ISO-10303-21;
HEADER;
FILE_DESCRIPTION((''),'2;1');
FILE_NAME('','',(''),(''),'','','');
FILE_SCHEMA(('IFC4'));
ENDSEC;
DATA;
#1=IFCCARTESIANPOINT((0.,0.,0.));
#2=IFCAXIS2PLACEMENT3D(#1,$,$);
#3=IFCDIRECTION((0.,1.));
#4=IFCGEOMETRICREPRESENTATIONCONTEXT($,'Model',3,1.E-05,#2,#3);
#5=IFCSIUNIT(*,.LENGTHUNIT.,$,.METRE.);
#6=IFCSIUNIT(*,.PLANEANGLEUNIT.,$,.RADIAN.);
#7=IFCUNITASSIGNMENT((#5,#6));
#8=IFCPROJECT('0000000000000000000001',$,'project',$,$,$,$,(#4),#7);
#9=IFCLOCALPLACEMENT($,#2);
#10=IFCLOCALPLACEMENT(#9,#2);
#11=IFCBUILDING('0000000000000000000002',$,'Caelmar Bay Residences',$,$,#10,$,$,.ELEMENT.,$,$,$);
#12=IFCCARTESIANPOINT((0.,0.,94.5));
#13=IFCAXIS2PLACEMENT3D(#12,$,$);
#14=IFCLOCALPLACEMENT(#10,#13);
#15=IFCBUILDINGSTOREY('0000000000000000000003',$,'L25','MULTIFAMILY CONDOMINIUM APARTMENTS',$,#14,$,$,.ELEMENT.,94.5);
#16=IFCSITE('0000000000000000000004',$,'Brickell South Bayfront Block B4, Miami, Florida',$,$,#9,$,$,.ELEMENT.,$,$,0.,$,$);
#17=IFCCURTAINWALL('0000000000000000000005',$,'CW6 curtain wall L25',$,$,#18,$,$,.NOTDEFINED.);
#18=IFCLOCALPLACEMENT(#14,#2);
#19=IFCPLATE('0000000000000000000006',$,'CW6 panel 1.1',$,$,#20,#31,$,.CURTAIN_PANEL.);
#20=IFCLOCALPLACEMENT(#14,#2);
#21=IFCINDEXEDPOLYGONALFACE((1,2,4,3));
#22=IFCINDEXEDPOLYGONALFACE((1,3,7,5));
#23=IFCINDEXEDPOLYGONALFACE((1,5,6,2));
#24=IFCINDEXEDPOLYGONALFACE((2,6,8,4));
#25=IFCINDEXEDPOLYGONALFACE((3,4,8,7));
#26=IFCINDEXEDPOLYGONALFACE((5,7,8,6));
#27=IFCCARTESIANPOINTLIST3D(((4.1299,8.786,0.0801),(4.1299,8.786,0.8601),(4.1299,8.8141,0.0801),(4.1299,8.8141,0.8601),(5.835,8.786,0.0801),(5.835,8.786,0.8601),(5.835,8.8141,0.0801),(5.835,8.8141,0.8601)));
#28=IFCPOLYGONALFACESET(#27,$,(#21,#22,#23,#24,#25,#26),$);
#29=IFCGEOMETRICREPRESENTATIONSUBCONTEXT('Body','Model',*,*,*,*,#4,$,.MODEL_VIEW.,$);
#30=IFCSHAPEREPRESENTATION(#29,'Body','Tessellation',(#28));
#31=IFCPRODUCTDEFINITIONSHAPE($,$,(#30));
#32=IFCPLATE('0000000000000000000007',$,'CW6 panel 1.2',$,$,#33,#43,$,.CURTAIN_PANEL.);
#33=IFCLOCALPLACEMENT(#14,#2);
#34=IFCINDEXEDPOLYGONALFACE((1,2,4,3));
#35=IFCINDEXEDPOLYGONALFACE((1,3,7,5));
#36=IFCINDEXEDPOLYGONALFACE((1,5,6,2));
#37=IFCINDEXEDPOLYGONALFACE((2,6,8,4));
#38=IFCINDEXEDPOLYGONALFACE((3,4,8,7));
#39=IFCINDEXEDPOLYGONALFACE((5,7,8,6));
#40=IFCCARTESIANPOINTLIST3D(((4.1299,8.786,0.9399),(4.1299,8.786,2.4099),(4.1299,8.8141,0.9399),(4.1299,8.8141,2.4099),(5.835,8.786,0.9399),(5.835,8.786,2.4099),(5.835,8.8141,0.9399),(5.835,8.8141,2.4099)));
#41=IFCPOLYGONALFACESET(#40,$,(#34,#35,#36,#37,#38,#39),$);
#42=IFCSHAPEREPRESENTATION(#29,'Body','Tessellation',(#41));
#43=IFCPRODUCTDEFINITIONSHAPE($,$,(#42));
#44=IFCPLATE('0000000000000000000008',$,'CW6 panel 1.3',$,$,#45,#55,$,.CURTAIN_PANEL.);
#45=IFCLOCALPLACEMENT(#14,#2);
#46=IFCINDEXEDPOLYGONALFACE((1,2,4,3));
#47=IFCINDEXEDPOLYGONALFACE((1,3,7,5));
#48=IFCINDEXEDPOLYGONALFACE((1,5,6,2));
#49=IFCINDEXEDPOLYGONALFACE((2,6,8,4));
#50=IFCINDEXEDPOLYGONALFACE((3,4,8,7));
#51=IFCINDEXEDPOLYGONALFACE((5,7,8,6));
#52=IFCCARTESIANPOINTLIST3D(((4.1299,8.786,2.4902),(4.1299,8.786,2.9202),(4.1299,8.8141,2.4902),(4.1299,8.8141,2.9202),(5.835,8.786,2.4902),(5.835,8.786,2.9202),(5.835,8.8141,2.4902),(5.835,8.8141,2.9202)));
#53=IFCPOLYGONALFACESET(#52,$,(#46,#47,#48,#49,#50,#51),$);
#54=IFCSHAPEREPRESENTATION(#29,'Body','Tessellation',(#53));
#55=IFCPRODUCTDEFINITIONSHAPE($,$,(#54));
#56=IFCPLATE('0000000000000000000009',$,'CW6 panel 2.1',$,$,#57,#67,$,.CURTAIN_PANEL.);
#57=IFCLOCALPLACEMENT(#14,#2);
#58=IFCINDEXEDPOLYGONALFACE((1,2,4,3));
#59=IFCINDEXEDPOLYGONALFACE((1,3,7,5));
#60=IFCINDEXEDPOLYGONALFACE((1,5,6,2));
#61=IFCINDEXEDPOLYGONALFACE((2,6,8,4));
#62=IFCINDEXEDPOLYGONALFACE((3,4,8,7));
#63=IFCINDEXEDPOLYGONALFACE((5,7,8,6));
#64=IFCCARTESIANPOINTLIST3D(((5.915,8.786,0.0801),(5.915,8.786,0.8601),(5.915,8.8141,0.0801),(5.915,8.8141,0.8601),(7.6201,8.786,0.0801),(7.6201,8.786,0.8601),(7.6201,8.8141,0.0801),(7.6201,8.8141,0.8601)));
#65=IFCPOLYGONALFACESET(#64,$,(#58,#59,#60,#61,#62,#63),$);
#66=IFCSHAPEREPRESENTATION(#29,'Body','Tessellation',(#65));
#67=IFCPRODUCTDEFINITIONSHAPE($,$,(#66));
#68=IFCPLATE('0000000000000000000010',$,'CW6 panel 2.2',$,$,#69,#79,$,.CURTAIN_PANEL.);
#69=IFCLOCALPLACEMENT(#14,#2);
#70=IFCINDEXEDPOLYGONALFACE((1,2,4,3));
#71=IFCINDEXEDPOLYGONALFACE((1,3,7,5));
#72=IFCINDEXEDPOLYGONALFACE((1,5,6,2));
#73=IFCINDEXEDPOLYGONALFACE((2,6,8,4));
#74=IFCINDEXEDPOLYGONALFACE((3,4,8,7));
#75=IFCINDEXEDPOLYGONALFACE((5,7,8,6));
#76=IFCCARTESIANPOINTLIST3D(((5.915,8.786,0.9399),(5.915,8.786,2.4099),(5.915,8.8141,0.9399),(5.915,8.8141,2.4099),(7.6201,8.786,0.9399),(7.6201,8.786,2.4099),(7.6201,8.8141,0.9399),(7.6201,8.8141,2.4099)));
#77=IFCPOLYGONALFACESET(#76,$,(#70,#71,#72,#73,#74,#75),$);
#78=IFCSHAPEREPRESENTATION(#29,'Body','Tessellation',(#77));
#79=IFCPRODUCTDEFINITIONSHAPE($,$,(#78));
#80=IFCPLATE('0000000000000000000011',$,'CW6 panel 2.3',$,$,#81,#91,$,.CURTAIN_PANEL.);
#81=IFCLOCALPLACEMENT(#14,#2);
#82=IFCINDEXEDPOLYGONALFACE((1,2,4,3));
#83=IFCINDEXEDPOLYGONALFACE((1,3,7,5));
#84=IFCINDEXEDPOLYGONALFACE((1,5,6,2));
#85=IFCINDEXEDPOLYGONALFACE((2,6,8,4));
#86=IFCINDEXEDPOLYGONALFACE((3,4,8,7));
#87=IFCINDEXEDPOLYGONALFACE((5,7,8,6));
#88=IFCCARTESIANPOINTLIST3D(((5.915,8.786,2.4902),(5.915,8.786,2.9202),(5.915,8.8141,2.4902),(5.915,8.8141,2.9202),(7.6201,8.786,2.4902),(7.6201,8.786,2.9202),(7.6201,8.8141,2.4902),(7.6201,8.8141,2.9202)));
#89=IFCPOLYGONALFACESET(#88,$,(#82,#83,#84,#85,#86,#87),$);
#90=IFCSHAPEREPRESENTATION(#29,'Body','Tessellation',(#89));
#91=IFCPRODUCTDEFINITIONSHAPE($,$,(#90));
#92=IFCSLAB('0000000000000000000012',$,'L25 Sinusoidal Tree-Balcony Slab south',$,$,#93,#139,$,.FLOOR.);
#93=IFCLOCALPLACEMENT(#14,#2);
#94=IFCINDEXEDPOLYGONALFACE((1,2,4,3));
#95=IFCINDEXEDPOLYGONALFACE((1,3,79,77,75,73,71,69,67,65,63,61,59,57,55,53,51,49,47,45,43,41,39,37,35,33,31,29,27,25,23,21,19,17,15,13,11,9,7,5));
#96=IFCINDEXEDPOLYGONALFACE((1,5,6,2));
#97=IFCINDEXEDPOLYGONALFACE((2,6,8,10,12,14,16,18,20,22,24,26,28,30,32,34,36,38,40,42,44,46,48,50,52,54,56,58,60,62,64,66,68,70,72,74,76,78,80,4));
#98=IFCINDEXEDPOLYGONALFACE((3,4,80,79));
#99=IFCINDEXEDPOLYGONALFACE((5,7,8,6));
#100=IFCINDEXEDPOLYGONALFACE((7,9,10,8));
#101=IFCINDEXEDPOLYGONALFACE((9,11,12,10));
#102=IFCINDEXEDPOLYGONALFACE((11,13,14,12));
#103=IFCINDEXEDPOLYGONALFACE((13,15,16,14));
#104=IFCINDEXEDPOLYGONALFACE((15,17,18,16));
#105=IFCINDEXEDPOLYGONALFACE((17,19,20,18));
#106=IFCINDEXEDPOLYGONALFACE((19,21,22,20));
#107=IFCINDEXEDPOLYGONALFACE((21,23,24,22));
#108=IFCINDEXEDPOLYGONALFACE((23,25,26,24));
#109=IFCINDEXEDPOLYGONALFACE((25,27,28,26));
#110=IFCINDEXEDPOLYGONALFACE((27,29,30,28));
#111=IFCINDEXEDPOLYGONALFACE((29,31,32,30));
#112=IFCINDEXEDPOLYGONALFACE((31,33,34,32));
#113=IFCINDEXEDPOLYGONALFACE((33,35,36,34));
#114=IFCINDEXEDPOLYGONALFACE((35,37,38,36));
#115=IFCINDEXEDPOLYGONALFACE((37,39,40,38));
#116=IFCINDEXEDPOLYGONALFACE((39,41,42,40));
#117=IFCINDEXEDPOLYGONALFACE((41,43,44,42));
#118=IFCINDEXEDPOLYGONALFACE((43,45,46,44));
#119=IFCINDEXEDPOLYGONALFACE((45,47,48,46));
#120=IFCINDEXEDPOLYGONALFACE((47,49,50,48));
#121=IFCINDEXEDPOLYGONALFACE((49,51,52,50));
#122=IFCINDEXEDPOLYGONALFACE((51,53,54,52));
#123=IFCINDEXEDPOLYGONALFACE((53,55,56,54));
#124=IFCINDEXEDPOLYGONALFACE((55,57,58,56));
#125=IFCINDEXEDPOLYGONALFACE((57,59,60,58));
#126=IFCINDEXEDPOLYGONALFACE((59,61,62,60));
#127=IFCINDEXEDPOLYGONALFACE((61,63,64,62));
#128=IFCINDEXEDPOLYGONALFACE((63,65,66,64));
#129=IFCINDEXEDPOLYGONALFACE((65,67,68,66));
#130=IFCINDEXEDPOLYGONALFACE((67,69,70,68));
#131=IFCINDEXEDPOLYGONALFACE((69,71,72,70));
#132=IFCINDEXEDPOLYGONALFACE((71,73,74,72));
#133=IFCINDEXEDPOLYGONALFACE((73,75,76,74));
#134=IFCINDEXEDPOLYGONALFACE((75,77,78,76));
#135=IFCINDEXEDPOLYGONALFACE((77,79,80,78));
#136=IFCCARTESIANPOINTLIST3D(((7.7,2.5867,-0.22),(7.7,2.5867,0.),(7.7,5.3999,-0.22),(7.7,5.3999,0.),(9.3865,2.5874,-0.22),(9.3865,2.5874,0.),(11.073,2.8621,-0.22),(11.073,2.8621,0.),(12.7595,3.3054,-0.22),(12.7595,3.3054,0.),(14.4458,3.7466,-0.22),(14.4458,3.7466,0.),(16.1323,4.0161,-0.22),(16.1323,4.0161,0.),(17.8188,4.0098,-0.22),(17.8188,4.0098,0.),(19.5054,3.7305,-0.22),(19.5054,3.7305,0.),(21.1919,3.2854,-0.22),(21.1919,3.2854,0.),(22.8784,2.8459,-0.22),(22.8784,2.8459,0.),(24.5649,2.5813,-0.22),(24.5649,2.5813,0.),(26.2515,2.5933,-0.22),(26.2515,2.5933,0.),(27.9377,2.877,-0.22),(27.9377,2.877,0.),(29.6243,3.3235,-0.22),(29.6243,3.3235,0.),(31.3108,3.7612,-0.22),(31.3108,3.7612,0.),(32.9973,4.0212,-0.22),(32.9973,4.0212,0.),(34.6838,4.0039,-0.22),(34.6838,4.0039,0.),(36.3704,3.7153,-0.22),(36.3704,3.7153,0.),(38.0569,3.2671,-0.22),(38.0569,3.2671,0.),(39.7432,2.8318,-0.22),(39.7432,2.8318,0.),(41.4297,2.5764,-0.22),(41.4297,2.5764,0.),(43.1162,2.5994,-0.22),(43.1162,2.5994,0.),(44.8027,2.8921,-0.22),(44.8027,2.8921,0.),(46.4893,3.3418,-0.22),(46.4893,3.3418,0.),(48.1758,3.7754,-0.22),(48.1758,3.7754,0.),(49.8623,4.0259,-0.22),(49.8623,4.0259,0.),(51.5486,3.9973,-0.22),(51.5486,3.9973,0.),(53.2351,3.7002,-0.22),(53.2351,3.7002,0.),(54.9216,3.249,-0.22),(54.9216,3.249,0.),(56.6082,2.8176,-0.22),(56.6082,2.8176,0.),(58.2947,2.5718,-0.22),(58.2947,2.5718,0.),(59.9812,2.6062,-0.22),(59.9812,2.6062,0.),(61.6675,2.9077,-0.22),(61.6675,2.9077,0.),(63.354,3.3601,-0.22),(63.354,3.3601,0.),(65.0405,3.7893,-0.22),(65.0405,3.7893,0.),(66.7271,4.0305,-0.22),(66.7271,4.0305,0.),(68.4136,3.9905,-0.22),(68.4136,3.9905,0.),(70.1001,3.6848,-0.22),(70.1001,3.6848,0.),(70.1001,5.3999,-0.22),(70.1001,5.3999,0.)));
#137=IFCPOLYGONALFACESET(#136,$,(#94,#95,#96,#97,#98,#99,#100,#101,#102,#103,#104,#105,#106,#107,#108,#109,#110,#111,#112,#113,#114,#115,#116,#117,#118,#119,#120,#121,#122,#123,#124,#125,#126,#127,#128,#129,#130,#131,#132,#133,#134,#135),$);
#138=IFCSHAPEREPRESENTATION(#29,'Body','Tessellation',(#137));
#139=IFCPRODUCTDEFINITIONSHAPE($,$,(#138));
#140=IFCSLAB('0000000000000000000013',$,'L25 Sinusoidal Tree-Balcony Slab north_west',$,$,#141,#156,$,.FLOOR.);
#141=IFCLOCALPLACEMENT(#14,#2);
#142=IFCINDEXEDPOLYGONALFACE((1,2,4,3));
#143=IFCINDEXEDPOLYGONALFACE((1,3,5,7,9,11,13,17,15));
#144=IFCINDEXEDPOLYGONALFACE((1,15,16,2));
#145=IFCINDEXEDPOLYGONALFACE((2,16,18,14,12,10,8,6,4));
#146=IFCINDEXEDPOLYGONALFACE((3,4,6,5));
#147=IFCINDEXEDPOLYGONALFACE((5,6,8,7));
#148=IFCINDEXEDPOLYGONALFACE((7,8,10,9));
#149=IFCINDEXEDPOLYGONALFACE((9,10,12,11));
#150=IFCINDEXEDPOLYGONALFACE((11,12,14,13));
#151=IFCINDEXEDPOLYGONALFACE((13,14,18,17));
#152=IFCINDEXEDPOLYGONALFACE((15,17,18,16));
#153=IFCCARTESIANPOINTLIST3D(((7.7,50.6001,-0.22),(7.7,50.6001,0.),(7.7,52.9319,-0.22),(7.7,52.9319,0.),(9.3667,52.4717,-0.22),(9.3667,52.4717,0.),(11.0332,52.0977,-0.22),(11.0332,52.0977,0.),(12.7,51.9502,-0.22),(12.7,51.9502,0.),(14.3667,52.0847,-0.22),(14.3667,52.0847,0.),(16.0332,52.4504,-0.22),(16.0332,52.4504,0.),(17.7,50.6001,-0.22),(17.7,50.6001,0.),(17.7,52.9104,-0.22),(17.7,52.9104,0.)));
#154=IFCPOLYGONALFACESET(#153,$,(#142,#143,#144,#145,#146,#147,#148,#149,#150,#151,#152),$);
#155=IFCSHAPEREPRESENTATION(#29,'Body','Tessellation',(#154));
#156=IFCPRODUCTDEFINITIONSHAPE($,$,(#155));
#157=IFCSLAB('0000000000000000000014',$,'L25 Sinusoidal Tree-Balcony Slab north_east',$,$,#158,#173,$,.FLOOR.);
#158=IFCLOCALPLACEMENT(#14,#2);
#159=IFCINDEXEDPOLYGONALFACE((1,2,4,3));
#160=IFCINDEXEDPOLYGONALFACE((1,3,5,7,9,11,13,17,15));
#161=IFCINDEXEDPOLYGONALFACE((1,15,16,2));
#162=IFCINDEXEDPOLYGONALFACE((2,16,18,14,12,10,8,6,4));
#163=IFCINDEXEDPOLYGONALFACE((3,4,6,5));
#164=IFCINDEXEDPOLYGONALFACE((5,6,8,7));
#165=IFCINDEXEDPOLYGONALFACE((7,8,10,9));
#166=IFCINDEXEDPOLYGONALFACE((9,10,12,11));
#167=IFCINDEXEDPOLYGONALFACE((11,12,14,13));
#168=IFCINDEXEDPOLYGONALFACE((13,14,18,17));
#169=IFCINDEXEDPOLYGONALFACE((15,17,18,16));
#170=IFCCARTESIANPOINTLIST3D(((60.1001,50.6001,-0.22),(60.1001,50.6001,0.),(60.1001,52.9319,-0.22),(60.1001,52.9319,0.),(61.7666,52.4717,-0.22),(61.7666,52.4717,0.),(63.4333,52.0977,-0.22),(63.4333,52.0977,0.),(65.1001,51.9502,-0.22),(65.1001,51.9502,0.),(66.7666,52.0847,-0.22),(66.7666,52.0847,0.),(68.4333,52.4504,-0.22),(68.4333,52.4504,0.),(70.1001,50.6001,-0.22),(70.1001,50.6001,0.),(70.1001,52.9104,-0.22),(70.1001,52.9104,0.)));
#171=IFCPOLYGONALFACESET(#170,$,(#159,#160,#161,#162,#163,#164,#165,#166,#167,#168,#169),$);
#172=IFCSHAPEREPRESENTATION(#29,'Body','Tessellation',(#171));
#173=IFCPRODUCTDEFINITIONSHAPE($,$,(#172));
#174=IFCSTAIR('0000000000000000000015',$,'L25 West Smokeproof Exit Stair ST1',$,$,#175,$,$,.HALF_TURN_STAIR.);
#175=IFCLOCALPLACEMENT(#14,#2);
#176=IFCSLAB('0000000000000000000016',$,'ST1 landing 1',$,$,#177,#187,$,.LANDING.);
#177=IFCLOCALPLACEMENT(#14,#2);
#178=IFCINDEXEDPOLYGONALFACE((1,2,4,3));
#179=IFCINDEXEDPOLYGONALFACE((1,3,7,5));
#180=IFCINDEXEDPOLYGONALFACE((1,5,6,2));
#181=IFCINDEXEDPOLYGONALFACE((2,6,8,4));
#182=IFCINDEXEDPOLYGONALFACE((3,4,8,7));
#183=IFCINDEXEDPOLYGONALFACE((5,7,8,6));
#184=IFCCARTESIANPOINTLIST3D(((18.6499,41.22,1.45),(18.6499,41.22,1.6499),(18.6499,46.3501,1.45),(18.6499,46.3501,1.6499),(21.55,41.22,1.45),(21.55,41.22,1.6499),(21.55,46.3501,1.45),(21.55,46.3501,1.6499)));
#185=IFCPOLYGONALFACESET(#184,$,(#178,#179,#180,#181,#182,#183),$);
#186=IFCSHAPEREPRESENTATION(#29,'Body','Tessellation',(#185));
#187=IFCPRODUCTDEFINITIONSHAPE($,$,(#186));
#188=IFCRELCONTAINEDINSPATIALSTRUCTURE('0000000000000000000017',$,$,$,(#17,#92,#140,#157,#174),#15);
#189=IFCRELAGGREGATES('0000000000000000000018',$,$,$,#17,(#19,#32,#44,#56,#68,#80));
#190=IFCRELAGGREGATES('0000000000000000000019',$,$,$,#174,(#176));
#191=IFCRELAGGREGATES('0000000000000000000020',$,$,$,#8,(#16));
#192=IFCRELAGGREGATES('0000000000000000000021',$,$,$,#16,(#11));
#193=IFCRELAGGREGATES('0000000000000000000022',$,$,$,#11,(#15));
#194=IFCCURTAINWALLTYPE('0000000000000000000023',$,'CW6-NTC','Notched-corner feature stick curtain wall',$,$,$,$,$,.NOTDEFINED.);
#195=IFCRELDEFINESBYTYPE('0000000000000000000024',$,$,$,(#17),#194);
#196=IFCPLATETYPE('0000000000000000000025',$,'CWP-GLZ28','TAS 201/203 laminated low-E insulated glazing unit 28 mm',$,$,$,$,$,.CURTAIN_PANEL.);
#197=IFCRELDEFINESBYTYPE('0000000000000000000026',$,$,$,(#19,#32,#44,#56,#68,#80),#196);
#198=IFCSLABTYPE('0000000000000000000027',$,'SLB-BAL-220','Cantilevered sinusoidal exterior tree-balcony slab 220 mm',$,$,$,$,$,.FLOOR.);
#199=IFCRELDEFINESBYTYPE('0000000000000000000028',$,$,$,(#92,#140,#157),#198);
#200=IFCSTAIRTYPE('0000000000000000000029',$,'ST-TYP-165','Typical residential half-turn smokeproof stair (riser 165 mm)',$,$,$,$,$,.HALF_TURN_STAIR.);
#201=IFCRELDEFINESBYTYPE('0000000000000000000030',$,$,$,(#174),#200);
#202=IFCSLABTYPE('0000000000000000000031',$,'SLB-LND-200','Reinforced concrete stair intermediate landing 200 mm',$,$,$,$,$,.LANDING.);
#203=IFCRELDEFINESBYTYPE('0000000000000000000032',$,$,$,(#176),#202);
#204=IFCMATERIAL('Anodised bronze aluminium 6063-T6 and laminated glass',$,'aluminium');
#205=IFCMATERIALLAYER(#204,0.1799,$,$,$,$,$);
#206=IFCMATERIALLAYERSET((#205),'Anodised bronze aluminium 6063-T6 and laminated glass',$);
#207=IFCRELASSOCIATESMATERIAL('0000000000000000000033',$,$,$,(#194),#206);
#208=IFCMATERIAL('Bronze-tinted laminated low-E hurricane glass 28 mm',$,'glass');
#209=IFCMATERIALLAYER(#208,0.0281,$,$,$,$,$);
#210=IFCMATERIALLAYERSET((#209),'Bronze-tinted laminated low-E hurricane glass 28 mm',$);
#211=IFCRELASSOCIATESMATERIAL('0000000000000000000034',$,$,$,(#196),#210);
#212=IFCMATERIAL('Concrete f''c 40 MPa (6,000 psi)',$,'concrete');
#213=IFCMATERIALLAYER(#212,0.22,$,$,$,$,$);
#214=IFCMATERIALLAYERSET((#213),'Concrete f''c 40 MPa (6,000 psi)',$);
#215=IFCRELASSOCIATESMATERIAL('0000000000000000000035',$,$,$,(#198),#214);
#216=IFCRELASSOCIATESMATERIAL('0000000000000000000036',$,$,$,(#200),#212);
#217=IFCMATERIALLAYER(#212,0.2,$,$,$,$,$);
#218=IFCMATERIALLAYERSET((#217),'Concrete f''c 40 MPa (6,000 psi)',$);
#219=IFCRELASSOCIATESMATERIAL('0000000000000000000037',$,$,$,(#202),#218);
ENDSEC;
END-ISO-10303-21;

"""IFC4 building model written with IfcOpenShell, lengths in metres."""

from ifc_helpers import new_model, si_unit, direction, frame, origin, origin_2d, place, context, subcontext, project, spatial, polyline, rectangle, outline, extrude, material, layer, layer_set, type_object, element, aggregate, save


model = new_model("IFC4")

# Units and contexts
model_context = context("Model", 3, precision=1e-05, world=origin(), true_north=direction((0.0, 1.0)))
body_context = subcontext(model_context, "Body", "Model", "MODEL_VIEW")
ifc_project = project(units=[si_unit("LENGTHUNIT", "METRE"), si_unit("PLANEANGLEUNIT", "RADIAN")], contexts=[model_context])

# Site, building, storey
site_placement = place(None, origin())
site = spatial("IfcSite", under=ifc_project, at=site_placement, Name="Brickell South Bayfront Block B4, Miami, Florida", CompositionType="ELEMENT", RefElevation=0.0)
building_placement = place(site_placement, origin())
building = spatial("IfcBuilding", under=site, at=building_placement, Name="Caelmar Bay Residences", CompositionType="ELEMENT")
storey_placement = place(building_placement, frame((0.0, 0.0, 94.5)))
storey = spatial("IfcBuildingStorey", under=building, at=storey_placement, Name="L25", Description="MULTIFAMILY CONDOMINIUM APARTMENTS", CompositionType="ELEMENT", Elevation=94.5)

# Curtain wall
ifc_material_1 = material(Name="Anodised bronze aluminium 6063-T6 and laminated glass", Category="aluminium")
ifc_layer_1 = layer(ifc_material_1, 0.1799)
ifc_layer_set_1 = layer_set([ifc_layer_1], Name="Anodised bronze aluminium 6063-T6 and laminated glass")
curtain_wall_type_1 = type_object("IfcCurtainWallType", Name="CW6-NTC", Description="Notched-corner feature stick curtain wall", PredefinedType="NOTDEFINED", material=ifc_layer_set_1)
curtain_wall_1_placement = place(storey_placement, origin())
curtain_wall_1 = element("IfcCurtainWall", 1, at=curtain_wall_1_placement, inside=storey, type_object=curtain_wall_type_1, Name="CW6 curtain wall L25", PredefinedType="NOTDEFINED")

# Plates
ifc_material_2 = material(Name="Bronze-tinted laminated low-E hurricane glass 28 mm", Category="glass")
ifc_layer_2 = layer(ifc_material_2, 0.0281)
ifc_layer_set_2 = layer_set([ifc_layer_2], Name="Bronze-tinted laminated low-E hurricane glass 28 mm")
plate_type = type_object("IfcPlateType", Name="CWP-GLZ28", Description="TAS 201/203 laminated low-E insulated glazing unit 28 mm", PredefinedType="CURTAIN_PANEL", material=ifc_layer_set_2)
plate_1_placement = place(storey_placement, frame((4.9824, 8.8, 0.0801), z_axis=(0.0, 0.0, 1.0), x_axis=(1.0, 0.0, 0.0)))
plate_1 = element("IfcPlate", 2, at=plate_1_placement, type_object=plate_type, Name="CW6 panel 1.1", PredefinedType="CURTAIN_PANEL", context=body_context, shape_type="SweptSolid", body=[
    extrude(rectangle(XDim=1.7051, YDim=0.0281, at=origin_2d()), origin(), (0.0, 0.0, 1.0), 0.78),
])
plate_2_placement = place(storey_placement, frame((4.9824, 8.8, 0.9399), z_axis=(0.0, 0.0, 1.0), x_axis=(1.0, 0.0, 0.0)))
plate_2 = element("IfcPlate", 3, at=plate_2_placement, type_object=plate_type, Name="CW6 panel 1.2", PredefinedType="CURTAIN_PANEL", context=body_context, shape_type="SweptSolid", body=[
    extrude(rectangle(XDim=1.7051, YDim=0.0281, at=origin_2d()), origin(), (0.0, 0.0, 1.0), 1.47),
])
plate_3_placement = place(storey_placement, frame((4.9824, 8.8, 2.4902), z_axis=(0.0, 0.0, 1.0), x_axis=(1.0, 0.0, 0.0)))
plate_3 = element("IfcPlate", 4, at=plate_3_placement, type_object=plate_type, Name="CW6 panel 1.3", PredefinedType="CURTAIN_PANEL", context=body_context, shape_type="SweptSolid", body=[
    extrude(rectangle(XDim=1.7051, YDim=0.0281, at=origin_2d()), origin(), (0.0, 0.0, 1.0), 0.4299),
])
plate_4_placement = place(storey_placement, frame((6.7676, 8.8, 0.0801), z_axis=(0.0, 0.0, 1.0), x_axis=(1.0, 0.0, 0.0)))
plate_4 = element("IfcPlate", 5, at=plate_4_placement, type_object=plate_type, Name="CW6 panel 2.1", PredefinedType="CURTAIN_PANEL", context=body_context, shape_type="SweptSolid", body=[
    extrude(rectangle(XDim=1.7051, YDim=0.0281, at=origin_2d()), origin(), (0.0, 0.0, 1.0), 0.78),
])
plate_5_placement = place(storey_placement, frame((6.7676, 8.8, 0.9399), z_axis=(0.0, 0.0, 1.0), x_axis=(1.0, 0.0, 0.0)))
plate_5 = element("IfcPlate", 6, at=plate_5_placement, type_object=plate_type, Name="CW6 panel 2.2", PredefinedType="CURTAIN_PANEL", context=body_context, shape_type="SweptSolid", body=[
    extrude(rectangle(XDim=1.7051, YDim=0.0281, at=origin_2d()), origin(), (0.0, 0.0, 1.0), 1.47),
])
plate_6_placement = place(storey_placement, frame((6.7676, 8.8, 2.4902), z_axis=(0.0, 0.0, 1.0), x_axis=(1.0, 0.0, 0.0)))
plate_6 = element("IfcPlate", 7, at=plate_6_placement, type_object=plate_type, Name="CW6 panel 2.3", PredefinedType="CURTAIN_PANEL", context=body_context, shape_type="SweptSolid", body=[
    extrude(rectangle(XDim=1.7051, YDim=0.0281, at=origin_2d()), origin(), (0.0, 0.0, 1.0), 0.4299),
])
aggregate(curtain_wall_1, [plate_1, plate_2, plate_3, plate_4, plate_5, plate_6])

# Slabs
ifc_material_3 = material(Name="Concrete f'c 40 MPa (6,000 psi)", Category="concrete")
ifc_layer_3 = layer(ifc_material_3, 0.22)
ifc_layer_set_3 = layer_set([ifc_layer_3], Name="Concrete f'c 40 MPa (6,000 psi)")
slab_type_1 = type_object("IfcSlabType", Name="SLB-BAL-220", Description="Cantilevered sinusoidal exterior tree-balcony slab 220 mm", PredefinedType="FLOOR", material=ifc_layer_set_3)
slab_1_placement = place(storey_placement, frame((0.0, 0.0, -0.22)))
element("IfcSlab", 8, at=slab_1_placement, inside=storey, type_object=slab_type_1, Name="L25 Sinusoidal Tree-Balcony Slab south", PredefinedType="FLOOR", context=body_context, shape_type="SweptSolid", body=[
    extrude(outline(polyline([(7.7, 2.5867), (9.3865, 2.5874), (11.073, 2.8621), (12.7595, 3.3054), (14.4458, 3.7466), (16.1323, 4.0161), (17.8188, 4.0098), (19.5054, 3.7305), (21.1919, 3.2854), (22.8784, 2.8459), (24.5649, 2.5813), (26.2515, 2.5933), (27.9377, 2.877), (29.6243, 3.3235), (31.3108, 3.7612), (32.9973, 4.0212), (34.6838, 4.0039), (36.3704, 3.7153), (38.0569, 3.2671), (39.7432, 2.8318), (41.4297, 2.5764), (43.1162, 2.5994), (44.8027, 2.8921), (46.4893, 3.3418), (48.1758, 3.7754), (49.8623, 4.0259), (51.5486, 3.9973), (53.2351, 3.7002), (54.9216, 3.249), (56.6082, 2.8176), (58.2947, 2.5718), (59.9812, 2.6062), (61.6675, 2.9077), (63.354, 3.3601), (65.0405, 3.7893), (66.7271, 4.0305), (68.4136, 3.9905), (70.1001, 3.6848), (70.1001, 5.3999), (7.7, 5.3999), (7.7, 2.5867)])), origin(), (0.0, 0.0, 1.0), 0.22),
])
slab_2_placement = place(storey_placement, frame((0.0, 0.0, -0.22)))
element("IfcSlab", 9, at=slab_2_placement, inside=storey, type_object=slab_type_1, Name="L25 Sinusoidal Tree-Balcony Slab north_west", PredefinedType="FLOOR", context=body_context, shape_type="SweptSolid", body=[
    extrude(outline(polyline([(7.7, 50.6001), (17.7, 50.6001), (17.7, 52.9104), (16.0332, 52.4504), (14.3667, 52.0847), (12.7, 51.9502), (11.0332, 52.0977), (9.3667, 52.4717), (7.7, 52.9319), (7.7, 50.6001)])), origin(), (0.0, 0.0, 1.0), 0.22),
])
slab_3_placement = place(storey_placement, frame((0.0, 0.0, -0.22)))
element("IfcSlab", 10, at=slab_3_placement, inside=storey, type_object=slab_type_1, Name="L25 Sinusoidal Tree-Balcony Slab north_east", PredefinedType="FLOOR", context=body_context, shape_type="SweptSolid", body=[
    extrude(outline(polyline([(60.1001, 50.6001), (70.1001, 50.6001), (70.1001, 52.9104), (68.4333, 52.4504), (66.7666, 52.0847), (65.1001, 51.9502), (63.4333, 52.0977), (61.7666, 52.4717), (60.1001, 52.9319), (60.1001, 50.6001)])), origin(), (0.0, 0.0, 1.0), 0.22),
])

# Stair, slab
stair_type = type_object("IfcStairType", Name="ST-TYP-165", Description="Typical residential half-turn smokeproof stair (riser 165 mm)", PredefinedType="HALF_TURN_STAIR", material=ifc_material_3)
stair_1_placement = place(storey_placement, origin())
stair_1 = element("IfcStair", 11, at=stair_1_placement, inside=storey, type_object=stair_type, Name="L25 West Smokeproof Exit Stair ST1", PredefinedType="HALF_TURN_STAIR")
ifc_layer_4 = layer(ifc_material_3, 0.2)
ifc_layer_set_4 = layer_set([ifc_layer_4], Name="Concrete f'c 40 MPa (6,000 psi)")
slab_type_2 = type_object("IfcSlabType", Name="SLB-LND-200", Description="Reinforced concrete stair intermediate landing 200 mm", PredefinedType="LANDING", material=ifc_layer_set_4)
slab_4_placement = place(storey_placement, frame((0.0, 0.0, 1.45)))
slab_4 = element("IfcSlab", 12, at=slab_4_placement, type_object=slab_type_2, Name="ST1 landing 1", PredefinedType="LANDING", context=body_context, shape_type="SweptSolid", body=[
    extrude(outline(polyline([(21.55, 41.22), (21.55, 46.3501), (18.6499, 46.3501), (18.6499, 41.22), (21.55, 41.22)])), origin(), (0.0, 0.0, 1.0), 0.2),
])
aggregate(stair_1, [slab_4])

save(model, "model.ifc")
